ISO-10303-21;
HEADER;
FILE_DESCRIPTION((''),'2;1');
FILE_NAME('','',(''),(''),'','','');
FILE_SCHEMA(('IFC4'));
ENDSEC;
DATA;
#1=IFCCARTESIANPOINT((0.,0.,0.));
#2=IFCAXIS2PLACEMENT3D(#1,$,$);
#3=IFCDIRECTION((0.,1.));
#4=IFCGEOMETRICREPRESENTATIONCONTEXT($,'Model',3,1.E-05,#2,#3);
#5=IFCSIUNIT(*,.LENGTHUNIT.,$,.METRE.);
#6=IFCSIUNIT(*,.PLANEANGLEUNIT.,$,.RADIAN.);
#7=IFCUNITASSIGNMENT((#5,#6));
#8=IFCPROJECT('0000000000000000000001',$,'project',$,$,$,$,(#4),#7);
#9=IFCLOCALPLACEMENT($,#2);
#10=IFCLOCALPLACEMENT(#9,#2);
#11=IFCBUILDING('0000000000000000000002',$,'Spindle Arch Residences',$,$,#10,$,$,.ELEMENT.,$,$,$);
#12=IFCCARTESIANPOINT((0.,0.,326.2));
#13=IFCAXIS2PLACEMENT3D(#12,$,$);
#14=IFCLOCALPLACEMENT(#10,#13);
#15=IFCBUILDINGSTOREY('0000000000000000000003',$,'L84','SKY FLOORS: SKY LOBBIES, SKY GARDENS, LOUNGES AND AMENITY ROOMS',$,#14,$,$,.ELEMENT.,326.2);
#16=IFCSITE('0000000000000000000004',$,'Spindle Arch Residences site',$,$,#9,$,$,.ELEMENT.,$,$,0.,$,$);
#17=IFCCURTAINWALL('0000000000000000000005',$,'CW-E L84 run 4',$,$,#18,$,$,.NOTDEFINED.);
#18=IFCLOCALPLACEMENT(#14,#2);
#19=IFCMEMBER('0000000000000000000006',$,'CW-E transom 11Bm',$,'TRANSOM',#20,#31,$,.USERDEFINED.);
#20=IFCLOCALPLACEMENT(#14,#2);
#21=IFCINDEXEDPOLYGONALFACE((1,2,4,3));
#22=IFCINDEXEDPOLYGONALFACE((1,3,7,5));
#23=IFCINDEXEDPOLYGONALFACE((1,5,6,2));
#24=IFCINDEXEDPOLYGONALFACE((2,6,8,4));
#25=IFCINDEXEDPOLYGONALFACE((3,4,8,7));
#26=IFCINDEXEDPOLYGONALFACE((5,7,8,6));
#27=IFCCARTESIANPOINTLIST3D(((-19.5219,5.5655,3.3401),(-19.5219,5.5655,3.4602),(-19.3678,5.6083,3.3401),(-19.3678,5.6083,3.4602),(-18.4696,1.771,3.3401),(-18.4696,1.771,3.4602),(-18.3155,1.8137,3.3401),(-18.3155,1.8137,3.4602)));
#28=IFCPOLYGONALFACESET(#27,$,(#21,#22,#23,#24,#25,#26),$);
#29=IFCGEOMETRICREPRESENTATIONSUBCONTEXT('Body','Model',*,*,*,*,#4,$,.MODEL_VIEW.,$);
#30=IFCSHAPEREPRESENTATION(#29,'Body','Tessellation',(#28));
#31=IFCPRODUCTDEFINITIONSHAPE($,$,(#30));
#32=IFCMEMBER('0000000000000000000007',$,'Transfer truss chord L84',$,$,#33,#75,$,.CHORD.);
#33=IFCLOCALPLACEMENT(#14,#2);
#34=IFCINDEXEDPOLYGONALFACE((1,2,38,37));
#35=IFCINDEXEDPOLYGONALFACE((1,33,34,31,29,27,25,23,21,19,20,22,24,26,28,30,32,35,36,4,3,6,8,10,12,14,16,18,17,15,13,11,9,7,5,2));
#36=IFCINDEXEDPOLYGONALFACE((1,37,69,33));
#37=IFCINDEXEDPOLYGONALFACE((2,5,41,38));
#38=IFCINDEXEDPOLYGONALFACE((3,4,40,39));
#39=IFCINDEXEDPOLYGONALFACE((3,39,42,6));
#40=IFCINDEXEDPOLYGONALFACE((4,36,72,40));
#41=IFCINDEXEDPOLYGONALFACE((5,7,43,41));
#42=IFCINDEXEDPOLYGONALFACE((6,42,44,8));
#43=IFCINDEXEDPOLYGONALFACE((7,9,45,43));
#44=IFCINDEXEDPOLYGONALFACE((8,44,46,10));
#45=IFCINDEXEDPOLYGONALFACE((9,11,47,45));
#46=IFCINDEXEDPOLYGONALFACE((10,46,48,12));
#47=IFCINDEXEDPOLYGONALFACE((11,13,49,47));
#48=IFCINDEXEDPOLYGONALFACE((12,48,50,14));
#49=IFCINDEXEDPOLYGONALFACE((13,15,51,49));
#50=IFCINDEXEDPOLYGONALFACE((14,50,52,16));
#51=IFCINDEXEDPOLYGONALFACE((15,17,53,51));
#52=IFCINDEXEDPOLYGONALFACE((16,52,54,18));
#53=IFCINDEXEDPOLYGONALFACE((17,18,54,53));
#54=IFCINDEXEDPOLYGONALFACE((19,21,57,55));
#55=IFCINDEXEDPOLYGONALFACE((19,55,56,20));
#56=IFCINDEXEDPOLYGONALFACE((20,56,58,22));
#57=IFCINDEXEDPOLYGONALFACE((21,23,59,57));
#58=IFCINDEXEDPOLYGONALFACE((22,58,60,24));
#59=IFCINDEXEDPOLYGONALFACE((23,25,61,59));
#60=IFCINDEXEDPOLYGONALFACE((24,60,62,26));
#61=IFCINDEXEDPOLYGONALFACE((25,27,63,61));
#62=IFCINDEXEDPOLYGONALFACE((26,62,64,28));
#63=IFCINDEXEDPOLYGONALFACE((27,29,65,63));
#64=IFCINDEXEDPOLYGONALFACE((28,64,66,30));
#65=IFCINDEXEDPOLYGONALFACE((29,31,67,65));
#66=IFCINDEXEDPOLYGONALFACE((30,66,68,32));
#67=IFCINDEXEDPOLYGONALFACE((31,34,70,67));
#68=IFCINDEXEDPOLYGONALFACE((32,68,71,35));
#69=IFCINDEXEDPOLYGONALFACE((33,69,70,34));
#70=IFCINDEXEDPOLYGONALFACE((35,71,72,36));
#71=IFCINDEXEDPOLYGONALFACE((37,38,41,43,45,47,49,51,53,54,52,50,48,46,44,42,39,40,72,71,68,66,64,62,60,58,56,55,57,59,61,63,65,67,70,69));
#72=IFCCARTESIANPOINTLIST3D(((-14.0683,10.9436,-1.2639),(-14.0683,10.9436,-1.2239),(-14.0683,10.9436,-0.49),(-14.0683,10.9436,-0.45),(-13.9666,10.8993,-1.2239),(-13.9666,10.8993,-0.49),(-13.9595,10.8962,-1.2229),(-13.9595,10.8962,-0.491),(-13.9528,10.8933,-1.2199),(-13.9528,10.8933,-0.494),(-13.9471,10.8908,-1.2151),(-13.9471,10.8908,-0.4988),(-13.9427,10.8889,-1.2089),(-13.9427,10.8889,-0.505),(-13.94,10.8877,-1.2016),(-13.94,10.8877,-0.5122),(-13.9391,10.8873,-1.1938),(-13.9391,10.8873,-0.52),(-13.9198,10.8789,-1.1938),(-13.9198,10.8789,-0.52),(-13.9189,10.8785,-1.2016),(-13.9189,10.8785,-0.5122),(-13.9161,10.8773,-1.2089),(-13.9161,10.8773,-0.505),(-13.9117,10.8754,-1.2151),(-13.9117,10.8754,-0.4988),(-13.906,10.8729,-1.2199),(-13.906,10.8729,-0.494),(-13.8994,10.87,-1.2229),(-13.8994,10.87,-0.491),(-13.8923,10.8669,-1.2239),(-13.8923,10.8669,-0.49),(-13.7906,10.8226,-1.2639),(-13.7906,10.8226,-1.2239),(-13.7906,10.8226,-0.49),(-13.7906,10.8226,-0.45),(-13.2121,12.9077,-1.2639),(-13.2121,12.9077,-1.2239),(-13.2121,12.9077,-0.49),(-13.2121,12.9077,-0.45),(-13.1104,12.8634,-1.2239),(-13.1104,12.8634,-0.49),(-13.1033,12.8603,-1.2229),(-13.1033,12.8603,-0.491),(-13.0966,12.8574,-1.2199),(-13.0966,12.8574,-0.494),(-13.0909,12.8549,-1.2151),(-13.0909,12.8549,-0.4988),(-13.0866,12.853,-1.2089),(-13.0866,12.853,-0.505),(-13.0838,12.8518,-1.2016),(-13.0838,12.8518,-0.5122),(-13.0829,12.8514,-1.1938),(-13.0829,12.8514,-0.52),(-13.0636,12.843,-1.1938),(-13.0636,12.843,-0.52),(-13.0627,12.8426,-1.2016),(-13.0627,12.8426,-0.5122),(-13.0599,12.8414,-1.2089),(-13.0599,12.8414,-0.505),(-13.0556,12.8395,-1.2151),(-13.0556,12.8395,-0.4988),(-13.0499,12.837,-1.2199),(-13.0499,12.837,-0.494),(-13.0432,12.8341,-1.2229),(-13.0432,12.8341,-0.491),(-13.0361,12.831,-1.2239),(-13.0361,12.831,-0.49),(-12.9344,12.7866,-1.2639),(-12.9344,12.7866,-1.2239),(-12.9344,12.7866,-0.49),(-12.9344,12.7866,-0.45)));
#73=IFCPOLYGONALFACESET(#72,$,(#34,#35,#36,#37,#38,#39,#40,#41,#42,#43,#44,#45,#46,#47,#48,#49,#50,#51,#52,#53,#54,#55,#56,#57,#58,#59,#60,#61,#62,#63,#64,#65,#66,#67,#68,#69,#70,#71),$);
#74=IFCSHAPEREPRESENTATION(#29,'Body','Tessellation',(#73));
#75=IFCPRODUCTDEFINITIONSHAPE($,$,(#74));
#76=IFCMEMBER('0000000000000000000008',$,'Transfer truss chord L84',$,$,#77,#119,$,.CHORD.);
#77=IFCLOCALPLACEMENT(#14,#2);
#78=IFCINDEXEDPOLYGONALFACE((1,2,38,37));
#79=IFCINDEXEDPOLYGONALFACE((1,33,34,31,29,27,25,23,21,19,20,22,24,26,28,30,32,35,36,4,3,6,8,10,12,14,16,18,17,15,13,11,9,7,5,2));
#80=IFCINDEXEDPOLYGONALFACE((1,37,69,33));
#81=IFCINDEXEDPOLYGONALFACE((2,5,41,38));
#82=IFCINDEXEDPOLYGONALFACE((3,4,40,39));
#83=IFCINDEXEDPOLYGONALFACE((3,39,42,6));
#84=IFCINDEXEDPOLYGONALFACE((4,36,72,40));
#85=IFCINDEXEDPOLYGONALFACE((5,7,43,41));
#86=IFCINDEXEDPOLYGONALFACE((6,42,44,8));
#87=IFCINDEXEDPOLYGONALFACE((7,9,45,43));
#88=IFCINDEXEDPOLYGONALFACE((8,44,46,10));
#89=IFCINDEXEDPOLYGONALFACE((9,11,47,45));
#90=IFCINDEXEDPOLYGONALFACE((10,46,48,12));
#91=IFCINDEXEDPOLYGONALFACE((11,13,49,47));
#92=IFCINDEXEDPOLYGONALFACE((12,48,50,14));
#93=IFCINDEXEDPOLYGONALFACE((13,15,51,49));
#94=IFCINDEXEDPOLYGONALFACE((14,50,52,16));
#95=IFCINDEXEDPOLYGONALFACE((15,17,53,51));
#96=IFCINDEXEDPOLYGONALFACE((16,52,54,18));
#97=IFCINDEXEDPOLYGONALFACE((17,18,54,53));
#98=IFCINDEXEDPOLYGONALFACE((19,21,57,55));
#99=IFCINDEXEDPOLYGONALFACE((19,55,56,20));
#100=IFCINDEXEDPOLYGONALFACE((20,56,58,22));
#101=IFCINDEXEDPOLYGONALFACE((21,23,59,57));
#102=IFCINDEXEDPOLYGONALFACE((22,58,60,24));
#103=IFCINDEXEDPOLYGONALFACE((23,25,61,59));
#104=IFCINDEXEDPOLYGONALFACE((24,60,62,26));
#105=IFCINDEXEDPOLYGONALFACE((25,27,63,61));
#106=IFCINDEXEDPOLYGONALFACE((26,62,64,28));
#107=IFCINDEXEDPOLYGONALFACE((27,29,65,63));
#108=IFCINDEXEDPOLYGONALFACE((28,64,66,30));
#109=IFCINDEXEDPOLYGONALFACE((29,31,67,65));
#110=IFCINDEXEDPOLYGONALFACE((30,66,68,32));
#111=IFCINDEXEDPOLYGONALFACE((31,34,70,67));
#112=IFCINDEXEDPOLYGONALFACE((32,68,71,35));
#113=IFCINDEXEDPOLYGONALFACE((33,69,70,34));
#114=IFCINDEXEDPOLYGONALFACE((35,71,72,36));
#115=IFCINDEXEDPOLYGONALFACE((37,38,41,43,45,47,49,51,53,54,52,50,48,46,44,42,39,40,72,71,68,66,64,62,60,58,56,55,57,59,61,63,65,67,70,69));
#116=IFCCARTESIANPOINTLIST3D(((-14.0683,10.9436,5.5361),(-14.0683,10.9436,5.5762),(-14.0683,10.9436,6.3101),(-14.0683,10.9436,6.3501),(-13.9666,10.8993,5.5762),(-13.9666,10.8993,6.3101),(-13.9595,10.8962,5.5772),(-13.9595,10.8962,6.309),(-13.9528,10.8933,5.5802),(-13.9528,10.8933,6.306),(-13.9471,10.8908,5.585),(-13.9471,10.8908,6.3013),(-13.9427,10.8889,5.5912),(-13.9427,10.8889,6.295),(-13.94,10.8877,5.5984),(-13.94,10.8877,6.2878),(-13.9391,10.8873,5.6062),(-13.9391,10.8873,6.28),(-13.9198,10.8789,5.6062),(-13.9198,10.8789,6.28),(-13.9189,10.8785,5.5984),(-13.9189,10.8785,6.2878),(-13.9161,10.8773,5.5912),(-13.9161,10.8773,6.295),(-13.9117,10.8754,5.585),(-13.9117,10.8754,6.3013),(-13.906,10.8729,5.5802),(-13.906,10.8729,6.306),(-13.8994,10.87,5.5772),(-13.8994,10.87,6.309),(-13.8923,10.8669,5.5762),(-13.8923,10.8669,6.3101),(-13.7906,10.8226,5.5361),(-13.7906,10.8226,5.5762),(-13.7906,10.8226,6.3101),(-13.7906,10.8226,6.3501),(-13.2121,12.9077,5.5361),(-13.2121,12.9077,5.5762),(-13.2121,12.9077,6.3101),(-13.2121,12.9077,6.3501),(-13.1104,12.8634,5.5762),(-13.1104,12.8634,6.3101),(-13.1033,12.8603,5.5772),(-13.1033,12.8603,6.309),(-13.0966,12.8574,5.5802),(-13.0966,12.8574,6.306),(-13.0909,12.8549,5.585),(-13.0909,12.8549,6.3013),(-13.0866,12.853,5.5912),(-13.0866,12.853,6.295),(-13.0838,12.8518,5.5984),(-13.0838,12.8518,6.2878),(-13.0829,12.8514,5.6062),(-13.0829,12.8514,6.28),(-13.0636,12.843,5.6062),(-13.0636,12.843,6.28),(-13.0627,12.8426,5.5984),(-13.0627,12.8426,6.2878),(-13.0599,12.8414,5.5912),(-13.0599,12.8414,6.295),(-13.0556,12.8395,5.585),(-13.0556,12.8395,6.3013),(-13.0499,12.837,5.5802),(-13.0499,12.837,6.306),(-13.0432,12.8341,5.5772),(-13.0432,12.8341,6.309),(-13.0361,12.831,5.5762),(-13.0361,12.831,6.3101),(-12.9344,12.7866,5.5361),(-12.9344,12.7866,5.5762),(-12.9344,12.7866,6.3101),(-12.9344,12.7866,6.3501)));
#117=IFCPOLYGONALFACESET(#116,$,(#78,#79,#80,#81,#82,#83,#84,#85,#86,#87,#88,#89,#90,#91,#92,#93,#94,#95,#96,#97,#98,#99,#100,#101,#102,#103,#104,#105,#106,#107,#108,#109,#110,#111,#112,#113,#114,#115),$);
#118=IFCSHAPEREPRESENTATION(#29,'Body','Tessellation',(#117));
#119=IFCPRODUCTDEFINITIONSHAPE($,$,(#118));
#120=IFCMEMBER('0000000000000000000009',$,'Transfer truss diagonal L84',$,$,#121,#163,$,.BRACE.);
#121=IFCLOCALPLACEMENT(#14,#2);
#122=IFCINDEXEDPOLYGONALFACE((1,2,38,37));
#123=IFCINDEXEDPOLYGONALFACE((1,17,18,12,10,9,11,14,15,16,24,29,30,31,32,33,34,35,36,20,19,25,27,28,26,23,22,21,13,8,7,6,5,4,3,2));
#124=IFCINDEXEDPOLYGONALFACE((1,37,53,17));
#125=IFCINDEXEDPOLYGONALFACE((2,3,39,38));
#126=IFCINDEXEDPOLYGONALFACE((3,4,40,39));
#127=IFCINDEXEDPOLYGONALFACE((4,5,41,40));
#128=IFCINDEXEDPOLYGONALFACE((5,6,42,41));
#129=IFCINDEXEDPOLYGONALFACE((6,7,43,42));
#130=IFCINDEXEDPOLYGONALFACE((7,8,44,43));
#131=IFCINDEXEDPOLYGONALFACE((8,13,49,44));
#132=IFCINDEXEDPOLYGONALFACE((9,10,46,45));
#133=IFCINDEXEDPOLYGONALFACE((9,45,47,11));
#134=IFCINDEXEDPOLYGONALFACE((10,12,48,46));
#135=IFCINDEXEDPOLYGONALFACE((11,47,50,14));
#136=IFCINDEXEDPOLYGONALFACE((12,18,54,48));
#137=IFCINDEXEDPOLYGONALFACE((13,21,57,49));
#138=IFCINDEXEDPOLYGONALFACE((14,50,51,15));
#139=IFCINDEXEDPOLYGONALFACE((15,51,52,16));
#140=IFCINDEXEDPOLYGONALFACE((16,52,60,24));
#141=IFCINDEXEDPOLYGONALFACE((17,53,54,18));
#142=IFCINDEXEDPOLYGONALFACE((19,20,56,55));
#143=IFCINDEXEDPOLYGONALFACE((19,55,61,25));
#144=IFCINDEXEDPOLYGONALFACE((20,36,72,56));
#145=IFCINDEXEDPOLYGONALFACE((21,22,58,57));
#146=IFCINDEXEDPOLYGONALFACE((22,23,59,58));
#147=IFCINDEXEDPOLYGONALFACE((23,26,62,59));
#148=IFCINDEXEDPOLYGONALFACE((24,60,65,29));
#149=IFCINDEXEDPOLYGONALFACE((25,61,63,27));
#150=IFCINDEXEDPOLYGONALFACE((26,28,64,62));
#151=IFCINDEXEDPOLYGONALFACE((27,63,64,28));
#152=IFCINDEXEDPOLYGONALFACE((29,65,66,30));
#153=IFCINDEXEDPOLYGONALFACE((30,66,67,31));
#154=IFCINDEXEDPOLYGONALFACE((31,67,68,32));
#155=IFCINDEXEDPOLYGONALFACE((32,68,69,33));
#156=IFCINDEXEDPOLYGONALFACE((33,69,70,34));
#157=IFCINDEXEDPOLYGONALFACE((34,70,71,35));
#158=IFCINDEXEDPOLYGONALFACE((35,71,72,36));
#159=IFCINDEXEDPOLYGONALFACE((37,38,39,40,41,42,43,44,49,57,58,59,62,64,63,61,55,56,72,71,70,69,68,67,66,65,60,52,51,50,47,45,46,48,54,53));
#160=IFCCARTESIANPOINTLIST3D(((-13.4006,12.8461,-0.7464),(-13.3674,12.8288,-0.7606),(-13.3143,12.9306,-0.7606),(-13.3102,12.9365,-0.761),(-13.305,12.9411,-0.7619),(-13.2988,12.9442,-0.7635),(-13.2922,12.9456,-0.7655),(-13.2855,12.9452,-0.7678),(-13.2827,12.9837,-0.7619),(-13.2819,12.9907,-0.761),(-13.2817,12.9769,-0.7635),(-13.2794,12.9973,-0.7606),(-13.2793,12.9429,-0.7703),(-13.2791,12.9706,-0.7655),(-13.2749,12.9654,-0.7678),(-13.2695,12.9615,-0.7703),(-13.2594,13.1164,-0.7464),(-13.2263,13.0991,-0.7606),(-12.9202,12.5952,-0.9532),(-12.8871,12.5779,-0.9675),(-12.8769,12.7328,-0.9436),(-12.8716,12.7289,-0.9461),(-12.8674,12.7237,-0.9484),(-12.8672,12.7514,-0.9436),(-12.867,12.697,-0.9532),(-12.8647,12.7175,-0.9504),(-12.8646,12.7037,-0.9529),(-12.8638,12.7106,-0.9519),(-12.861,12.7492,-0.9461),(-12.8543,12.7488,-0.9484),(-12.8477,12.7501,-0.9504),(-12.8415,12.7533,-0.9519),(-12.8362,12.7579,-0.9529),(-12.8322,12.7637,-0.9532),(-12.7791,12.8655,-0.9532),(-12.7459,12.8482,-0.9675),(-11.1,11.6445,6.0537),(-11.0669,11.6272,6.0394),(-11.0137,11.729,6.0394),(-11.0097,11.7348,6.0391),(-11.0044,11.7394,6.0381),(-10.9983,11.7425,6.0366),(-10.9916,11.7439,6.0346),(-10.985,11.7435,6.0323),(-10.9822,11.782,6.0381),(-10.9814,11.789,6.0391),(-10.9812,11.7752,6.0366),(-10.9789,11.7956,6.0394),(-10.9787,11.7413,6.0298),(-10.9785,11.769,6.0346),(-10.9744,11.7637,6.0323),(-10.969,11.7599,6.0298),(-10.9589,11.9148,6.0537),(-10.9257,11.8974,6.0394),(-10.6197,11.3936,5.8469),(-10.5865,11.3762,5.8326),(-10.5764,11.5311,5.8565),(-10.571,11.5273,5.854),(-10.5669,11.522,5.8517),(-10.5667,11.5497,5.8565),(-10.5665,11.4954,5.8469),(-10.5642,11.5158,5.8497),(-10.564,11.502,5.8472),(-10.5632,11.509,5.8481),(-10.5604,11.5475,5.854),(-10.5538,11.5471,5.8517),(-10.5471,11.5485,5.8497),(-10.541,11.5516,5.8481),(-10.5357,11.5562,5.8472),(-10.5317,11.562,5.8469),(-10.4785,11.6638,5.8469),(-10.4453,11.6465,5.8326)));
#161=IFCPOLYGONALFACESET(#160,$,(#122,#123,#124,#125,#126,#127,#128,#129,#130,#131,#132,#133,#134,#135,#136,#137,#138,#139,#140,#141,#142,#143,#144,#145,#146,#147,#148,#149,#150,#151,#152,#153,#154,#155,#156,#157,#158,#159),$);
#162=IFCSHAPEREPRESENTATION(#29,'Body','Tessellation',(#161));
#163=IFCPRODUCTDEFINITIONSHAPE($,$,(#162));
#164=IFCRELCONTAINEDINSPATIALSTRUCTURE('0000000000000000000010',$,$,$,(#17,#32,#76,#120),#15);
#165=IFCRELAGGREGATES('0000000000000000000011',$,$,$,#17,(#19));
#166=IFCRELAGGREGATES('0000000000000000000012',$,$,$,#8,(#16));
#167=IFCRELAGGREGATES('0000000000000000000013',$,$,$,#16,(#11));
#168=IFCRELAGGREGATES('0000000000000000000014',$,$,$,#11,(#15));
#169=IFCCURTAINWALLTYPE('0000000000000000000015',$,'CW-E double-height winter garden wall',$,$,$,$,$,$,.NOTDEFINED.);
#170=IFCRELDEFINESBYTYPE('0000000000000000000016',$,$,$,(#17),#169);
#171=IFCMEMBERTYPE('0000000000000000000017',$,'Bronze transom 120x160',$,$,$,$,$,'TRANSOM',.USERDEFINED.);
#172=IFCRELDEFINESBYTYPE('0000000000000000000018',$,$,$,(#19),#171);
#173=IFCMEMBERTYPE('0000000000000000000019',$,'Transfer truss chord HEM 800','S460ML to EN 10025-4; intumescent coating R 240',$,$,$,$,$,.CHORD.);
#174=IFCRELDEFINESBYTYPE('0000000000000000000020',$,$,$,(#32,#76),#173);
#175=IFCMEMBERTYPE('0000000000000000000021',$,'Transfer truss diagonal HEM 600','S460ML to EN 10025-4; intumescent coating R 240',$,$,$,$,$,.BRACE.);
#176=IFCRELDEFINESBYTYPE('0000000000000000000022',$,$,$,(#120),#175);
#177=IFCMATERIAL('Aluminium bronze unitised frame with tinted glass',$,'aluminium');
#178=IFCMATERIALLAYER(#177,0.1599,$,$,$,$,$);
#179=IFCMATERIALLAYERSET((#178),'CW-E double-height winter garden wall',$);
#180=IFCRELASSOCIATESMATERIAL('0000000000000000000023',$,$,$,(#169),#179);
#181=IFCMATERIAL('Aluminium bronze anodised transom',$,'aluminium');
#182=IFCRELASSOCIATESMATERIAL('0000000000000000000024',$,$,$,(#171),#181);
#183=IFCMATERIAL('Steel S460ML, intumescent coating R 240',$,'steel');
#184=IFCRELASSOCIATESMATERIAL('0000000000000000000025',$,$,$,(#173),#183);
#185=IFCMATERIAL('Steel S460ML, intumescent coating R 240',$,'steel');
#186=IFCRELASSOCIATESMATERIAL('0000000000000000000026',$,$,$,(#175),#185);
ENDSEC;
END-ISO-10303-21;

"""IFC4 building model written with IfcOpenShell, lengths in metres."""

from ifc_helpers import new_model, si_unit, direction, frame, origin, origin_2d, place, context, subcontext, project, spatial, rectangle, i_section, extrude, material, layer, layer_set, material_profile, profile_set, type_object, element, aggregate, save


model = new_model("IFC4")

# Units and contexts
model_context = context("Model", 3, precision=1e-05, world=origin(), true_north=direction((0.0, 1.0)))
body_context = subcontext(model_context, "Body", "Model", "MODEL_VIEW")
ifc_project = project(units=[si_unit("LENGTHUNIT", "METRE"), si_unit("PLANEANGLEUNIT", "RADIAN")], contexts=[model_context])

# Site, building, storey
site_placement = place(None, origin())
site = spatial("IfcSite", under=ifc_project, at=site_placement, Name="Spindle Arch Residences site", CompositionType="ELEMENT", RefElevation=0.0)
building_placement = place(site_placement, origin())
building = spatial("IfcBuilding", under=site, at=building_placement, Name="Spindle Arch Residences", CompositionType="ELEMENT")
storey_placement = place(building_placement, frame((0.0, 0.0, 326.2)))
storey = spatial("IfcBuildingStorey", under=building, at=storey_placement, Name="L84", Description="SKY FLOORS: SKY LOBBIES, SKY GARDENS, LOUNGES AND AMENITY ROOMS", CompositionType="ELEMENT", Elevation=326.2)

# Curtain wall, member
ifc_material_1 = material(Name="Aluminium bronze unitised frame with tinted glass", Category="aluminium")
ifc_layer_1 = layer(ifc_material_1, 0.1599)
ifc_layer_set_1 = layer_set([ifc_layer_1], Name="CW-E double-height winter garden wall")
curtain_wall_type = type_object("IfcCurtainWallType", Name="CW-E double-height winter garden wall", PredefinedType="NOTDEFINED", material=ifc_layer_set_1)
curtain_wall_placement = place(storey_placement, origin())
curtain_wall = element("IfcCurtainWall", 1, at=curtain_wall_placement, inside=storey, type_object=curtain_wall_type, Name="CW-E L84 run 4", PredefinedType="NOTDEFINED")
ifc_material_2 = material(Name="Aluminium bronze anodised transom", Category="aluminium")
ifc_material_profile_1 = material_profile(ifc_material_2, rectangle(XDim=0.1599, YDim=0.1201, at=origin_2d()), Name="TR 120x160")
ifc_profile_set_1 = profile_set([ifc_material_profile_1], Name="Aluminium bronze anodised transom")
member_type_1 = type_object("IfcMemberType", Name="Bronze transom 120x160", ElementType="TRANSOM", PredefinedType="USERDEFINED", material=ifc_profile_set_1)
member_1_placement = place(storey_placement, frame((-19.4448, 5.5869, 3.4001), z_axis=(0.267228, -0.963633, 0.0), x_axis=(0.963633, 0.267228, 0.0)))
member_1 = element("IfcMember", 2, at=member_1_placement, type_object=member_type_1, Name="CW-E transom 11Bm", ObjectType="TRANSOM", PredefinedType="USERDEFINED", context=body_context, shape_type="SweptSolid", body=[
    extrude(rectangle(XDim=0.1599, YDim=0.1201, at=origin_2d()), origin(), (0.0, 0.0, 1.0), 3.9377),
])

# Members
ifc_material_3 = material(Name="Steel S460ML, intumescent coating R 240", Category="steel")
ifc_material_profile_2 = material_profile(ifc_material_3, i_section(OverallWidth=0.303, OverallDepth=0.814, WebThickness=0.021, FlangeThickness=0.04, FilletRadius=0.03, at=origin_2d()), Name="HEM 800")
ifc_profile_set_2 = profile_set([ifc_material_profile_2], Name="Steel S460ML, intumescent coating R 240")
member_type_2 = type_object("IfcMemberType", Name="Transfer truss chord HEM 800", Description="S460ML to EN 10025-4; intumescent coating R 240", PredefinedType="CHORD", material=ifc_profile_set_2)
for number, where, z_axis, x_axis, name in (
    (3, (-13.0732, 12.8472, -0.8569), (-0.399605, -0.916687, 0.0), (0.916687, -0.399605, 0.0), "Transfer truss chord L84"),
    (4, (-13.0732, 12.8472, 5.9431), (-0.399605, -0.916687, 0.0), (0.916687, -0.399605, 0.0), "Transfer truss chord L84"),
):
    element("IfcMember", number, at=place(storey_placement, frame(where, z_axis=z_axis, x_axis=x_axis)), inside=storey, type_object=member_type_2, Name=name, PredefinedType="CHORD", context=body_context, shape_type="SweptSolid", body=[
        extrude(i_section(OverallWidth=0.303, OverallDepth=0.814, WebThickness=0.021, FlangeThickness=0.04, FilletRadius=0.03, at=origin_2d()), origin(), (0.0, 0.0, 1.0), 2.1426),
    ])
ifc_material_4 = material(Name="Steel S460ML, intumescent coating R 240", Category="steel")
ifc_material_profile_3 = material_profile(ifc_material_4, i_section(OverallWidth=0.3049, OverallDepth=0.6201, WebThickness=0.021, FlangeThickness=0.04, FilletRadius=0.0271, at=origin_2d()), Name="HEM 600")
ifc_profile_set_3 = profile_set([ifc_material_profile_3], Name="Steel S460ML, intumescent coating R 240")
member_type_3 = type_object("IfcMemberType", Name="Transfer truss diagonal HEM 600", Description="S460ML to EN 10025-4; intumescent coating R 240", PredefinedType="BRACE", material=ifc_profile_set_3)
member_2_placement = place(storey_placement, frame((-13.0732, 12.8472, -0.8569), z_axis=(0.316071, -0.165096, 0.93426), x_axis=(0.462984, 0.886367, 0.0)))
element("IfcMember", 5, at=member_2_placement, inside=storey, type_object=member_type_3, Name="Transfer truss diagonal L84", PredefinedType="BRACE", context=body_context, shape_type="SweptSolid", body=[
    extrude(i_section(OverallWidth=0.3049, OverallDepth=0.6201, WebThickness=0.021, FlangeThickness=0.04, FilletRadius=0.0271, at=origin_2d()), origin(), (0.0, 0.0, 1.0), 7.2786),
])

aggregate(curtain_wall, [member_1])

save(model, "model.ifc")
